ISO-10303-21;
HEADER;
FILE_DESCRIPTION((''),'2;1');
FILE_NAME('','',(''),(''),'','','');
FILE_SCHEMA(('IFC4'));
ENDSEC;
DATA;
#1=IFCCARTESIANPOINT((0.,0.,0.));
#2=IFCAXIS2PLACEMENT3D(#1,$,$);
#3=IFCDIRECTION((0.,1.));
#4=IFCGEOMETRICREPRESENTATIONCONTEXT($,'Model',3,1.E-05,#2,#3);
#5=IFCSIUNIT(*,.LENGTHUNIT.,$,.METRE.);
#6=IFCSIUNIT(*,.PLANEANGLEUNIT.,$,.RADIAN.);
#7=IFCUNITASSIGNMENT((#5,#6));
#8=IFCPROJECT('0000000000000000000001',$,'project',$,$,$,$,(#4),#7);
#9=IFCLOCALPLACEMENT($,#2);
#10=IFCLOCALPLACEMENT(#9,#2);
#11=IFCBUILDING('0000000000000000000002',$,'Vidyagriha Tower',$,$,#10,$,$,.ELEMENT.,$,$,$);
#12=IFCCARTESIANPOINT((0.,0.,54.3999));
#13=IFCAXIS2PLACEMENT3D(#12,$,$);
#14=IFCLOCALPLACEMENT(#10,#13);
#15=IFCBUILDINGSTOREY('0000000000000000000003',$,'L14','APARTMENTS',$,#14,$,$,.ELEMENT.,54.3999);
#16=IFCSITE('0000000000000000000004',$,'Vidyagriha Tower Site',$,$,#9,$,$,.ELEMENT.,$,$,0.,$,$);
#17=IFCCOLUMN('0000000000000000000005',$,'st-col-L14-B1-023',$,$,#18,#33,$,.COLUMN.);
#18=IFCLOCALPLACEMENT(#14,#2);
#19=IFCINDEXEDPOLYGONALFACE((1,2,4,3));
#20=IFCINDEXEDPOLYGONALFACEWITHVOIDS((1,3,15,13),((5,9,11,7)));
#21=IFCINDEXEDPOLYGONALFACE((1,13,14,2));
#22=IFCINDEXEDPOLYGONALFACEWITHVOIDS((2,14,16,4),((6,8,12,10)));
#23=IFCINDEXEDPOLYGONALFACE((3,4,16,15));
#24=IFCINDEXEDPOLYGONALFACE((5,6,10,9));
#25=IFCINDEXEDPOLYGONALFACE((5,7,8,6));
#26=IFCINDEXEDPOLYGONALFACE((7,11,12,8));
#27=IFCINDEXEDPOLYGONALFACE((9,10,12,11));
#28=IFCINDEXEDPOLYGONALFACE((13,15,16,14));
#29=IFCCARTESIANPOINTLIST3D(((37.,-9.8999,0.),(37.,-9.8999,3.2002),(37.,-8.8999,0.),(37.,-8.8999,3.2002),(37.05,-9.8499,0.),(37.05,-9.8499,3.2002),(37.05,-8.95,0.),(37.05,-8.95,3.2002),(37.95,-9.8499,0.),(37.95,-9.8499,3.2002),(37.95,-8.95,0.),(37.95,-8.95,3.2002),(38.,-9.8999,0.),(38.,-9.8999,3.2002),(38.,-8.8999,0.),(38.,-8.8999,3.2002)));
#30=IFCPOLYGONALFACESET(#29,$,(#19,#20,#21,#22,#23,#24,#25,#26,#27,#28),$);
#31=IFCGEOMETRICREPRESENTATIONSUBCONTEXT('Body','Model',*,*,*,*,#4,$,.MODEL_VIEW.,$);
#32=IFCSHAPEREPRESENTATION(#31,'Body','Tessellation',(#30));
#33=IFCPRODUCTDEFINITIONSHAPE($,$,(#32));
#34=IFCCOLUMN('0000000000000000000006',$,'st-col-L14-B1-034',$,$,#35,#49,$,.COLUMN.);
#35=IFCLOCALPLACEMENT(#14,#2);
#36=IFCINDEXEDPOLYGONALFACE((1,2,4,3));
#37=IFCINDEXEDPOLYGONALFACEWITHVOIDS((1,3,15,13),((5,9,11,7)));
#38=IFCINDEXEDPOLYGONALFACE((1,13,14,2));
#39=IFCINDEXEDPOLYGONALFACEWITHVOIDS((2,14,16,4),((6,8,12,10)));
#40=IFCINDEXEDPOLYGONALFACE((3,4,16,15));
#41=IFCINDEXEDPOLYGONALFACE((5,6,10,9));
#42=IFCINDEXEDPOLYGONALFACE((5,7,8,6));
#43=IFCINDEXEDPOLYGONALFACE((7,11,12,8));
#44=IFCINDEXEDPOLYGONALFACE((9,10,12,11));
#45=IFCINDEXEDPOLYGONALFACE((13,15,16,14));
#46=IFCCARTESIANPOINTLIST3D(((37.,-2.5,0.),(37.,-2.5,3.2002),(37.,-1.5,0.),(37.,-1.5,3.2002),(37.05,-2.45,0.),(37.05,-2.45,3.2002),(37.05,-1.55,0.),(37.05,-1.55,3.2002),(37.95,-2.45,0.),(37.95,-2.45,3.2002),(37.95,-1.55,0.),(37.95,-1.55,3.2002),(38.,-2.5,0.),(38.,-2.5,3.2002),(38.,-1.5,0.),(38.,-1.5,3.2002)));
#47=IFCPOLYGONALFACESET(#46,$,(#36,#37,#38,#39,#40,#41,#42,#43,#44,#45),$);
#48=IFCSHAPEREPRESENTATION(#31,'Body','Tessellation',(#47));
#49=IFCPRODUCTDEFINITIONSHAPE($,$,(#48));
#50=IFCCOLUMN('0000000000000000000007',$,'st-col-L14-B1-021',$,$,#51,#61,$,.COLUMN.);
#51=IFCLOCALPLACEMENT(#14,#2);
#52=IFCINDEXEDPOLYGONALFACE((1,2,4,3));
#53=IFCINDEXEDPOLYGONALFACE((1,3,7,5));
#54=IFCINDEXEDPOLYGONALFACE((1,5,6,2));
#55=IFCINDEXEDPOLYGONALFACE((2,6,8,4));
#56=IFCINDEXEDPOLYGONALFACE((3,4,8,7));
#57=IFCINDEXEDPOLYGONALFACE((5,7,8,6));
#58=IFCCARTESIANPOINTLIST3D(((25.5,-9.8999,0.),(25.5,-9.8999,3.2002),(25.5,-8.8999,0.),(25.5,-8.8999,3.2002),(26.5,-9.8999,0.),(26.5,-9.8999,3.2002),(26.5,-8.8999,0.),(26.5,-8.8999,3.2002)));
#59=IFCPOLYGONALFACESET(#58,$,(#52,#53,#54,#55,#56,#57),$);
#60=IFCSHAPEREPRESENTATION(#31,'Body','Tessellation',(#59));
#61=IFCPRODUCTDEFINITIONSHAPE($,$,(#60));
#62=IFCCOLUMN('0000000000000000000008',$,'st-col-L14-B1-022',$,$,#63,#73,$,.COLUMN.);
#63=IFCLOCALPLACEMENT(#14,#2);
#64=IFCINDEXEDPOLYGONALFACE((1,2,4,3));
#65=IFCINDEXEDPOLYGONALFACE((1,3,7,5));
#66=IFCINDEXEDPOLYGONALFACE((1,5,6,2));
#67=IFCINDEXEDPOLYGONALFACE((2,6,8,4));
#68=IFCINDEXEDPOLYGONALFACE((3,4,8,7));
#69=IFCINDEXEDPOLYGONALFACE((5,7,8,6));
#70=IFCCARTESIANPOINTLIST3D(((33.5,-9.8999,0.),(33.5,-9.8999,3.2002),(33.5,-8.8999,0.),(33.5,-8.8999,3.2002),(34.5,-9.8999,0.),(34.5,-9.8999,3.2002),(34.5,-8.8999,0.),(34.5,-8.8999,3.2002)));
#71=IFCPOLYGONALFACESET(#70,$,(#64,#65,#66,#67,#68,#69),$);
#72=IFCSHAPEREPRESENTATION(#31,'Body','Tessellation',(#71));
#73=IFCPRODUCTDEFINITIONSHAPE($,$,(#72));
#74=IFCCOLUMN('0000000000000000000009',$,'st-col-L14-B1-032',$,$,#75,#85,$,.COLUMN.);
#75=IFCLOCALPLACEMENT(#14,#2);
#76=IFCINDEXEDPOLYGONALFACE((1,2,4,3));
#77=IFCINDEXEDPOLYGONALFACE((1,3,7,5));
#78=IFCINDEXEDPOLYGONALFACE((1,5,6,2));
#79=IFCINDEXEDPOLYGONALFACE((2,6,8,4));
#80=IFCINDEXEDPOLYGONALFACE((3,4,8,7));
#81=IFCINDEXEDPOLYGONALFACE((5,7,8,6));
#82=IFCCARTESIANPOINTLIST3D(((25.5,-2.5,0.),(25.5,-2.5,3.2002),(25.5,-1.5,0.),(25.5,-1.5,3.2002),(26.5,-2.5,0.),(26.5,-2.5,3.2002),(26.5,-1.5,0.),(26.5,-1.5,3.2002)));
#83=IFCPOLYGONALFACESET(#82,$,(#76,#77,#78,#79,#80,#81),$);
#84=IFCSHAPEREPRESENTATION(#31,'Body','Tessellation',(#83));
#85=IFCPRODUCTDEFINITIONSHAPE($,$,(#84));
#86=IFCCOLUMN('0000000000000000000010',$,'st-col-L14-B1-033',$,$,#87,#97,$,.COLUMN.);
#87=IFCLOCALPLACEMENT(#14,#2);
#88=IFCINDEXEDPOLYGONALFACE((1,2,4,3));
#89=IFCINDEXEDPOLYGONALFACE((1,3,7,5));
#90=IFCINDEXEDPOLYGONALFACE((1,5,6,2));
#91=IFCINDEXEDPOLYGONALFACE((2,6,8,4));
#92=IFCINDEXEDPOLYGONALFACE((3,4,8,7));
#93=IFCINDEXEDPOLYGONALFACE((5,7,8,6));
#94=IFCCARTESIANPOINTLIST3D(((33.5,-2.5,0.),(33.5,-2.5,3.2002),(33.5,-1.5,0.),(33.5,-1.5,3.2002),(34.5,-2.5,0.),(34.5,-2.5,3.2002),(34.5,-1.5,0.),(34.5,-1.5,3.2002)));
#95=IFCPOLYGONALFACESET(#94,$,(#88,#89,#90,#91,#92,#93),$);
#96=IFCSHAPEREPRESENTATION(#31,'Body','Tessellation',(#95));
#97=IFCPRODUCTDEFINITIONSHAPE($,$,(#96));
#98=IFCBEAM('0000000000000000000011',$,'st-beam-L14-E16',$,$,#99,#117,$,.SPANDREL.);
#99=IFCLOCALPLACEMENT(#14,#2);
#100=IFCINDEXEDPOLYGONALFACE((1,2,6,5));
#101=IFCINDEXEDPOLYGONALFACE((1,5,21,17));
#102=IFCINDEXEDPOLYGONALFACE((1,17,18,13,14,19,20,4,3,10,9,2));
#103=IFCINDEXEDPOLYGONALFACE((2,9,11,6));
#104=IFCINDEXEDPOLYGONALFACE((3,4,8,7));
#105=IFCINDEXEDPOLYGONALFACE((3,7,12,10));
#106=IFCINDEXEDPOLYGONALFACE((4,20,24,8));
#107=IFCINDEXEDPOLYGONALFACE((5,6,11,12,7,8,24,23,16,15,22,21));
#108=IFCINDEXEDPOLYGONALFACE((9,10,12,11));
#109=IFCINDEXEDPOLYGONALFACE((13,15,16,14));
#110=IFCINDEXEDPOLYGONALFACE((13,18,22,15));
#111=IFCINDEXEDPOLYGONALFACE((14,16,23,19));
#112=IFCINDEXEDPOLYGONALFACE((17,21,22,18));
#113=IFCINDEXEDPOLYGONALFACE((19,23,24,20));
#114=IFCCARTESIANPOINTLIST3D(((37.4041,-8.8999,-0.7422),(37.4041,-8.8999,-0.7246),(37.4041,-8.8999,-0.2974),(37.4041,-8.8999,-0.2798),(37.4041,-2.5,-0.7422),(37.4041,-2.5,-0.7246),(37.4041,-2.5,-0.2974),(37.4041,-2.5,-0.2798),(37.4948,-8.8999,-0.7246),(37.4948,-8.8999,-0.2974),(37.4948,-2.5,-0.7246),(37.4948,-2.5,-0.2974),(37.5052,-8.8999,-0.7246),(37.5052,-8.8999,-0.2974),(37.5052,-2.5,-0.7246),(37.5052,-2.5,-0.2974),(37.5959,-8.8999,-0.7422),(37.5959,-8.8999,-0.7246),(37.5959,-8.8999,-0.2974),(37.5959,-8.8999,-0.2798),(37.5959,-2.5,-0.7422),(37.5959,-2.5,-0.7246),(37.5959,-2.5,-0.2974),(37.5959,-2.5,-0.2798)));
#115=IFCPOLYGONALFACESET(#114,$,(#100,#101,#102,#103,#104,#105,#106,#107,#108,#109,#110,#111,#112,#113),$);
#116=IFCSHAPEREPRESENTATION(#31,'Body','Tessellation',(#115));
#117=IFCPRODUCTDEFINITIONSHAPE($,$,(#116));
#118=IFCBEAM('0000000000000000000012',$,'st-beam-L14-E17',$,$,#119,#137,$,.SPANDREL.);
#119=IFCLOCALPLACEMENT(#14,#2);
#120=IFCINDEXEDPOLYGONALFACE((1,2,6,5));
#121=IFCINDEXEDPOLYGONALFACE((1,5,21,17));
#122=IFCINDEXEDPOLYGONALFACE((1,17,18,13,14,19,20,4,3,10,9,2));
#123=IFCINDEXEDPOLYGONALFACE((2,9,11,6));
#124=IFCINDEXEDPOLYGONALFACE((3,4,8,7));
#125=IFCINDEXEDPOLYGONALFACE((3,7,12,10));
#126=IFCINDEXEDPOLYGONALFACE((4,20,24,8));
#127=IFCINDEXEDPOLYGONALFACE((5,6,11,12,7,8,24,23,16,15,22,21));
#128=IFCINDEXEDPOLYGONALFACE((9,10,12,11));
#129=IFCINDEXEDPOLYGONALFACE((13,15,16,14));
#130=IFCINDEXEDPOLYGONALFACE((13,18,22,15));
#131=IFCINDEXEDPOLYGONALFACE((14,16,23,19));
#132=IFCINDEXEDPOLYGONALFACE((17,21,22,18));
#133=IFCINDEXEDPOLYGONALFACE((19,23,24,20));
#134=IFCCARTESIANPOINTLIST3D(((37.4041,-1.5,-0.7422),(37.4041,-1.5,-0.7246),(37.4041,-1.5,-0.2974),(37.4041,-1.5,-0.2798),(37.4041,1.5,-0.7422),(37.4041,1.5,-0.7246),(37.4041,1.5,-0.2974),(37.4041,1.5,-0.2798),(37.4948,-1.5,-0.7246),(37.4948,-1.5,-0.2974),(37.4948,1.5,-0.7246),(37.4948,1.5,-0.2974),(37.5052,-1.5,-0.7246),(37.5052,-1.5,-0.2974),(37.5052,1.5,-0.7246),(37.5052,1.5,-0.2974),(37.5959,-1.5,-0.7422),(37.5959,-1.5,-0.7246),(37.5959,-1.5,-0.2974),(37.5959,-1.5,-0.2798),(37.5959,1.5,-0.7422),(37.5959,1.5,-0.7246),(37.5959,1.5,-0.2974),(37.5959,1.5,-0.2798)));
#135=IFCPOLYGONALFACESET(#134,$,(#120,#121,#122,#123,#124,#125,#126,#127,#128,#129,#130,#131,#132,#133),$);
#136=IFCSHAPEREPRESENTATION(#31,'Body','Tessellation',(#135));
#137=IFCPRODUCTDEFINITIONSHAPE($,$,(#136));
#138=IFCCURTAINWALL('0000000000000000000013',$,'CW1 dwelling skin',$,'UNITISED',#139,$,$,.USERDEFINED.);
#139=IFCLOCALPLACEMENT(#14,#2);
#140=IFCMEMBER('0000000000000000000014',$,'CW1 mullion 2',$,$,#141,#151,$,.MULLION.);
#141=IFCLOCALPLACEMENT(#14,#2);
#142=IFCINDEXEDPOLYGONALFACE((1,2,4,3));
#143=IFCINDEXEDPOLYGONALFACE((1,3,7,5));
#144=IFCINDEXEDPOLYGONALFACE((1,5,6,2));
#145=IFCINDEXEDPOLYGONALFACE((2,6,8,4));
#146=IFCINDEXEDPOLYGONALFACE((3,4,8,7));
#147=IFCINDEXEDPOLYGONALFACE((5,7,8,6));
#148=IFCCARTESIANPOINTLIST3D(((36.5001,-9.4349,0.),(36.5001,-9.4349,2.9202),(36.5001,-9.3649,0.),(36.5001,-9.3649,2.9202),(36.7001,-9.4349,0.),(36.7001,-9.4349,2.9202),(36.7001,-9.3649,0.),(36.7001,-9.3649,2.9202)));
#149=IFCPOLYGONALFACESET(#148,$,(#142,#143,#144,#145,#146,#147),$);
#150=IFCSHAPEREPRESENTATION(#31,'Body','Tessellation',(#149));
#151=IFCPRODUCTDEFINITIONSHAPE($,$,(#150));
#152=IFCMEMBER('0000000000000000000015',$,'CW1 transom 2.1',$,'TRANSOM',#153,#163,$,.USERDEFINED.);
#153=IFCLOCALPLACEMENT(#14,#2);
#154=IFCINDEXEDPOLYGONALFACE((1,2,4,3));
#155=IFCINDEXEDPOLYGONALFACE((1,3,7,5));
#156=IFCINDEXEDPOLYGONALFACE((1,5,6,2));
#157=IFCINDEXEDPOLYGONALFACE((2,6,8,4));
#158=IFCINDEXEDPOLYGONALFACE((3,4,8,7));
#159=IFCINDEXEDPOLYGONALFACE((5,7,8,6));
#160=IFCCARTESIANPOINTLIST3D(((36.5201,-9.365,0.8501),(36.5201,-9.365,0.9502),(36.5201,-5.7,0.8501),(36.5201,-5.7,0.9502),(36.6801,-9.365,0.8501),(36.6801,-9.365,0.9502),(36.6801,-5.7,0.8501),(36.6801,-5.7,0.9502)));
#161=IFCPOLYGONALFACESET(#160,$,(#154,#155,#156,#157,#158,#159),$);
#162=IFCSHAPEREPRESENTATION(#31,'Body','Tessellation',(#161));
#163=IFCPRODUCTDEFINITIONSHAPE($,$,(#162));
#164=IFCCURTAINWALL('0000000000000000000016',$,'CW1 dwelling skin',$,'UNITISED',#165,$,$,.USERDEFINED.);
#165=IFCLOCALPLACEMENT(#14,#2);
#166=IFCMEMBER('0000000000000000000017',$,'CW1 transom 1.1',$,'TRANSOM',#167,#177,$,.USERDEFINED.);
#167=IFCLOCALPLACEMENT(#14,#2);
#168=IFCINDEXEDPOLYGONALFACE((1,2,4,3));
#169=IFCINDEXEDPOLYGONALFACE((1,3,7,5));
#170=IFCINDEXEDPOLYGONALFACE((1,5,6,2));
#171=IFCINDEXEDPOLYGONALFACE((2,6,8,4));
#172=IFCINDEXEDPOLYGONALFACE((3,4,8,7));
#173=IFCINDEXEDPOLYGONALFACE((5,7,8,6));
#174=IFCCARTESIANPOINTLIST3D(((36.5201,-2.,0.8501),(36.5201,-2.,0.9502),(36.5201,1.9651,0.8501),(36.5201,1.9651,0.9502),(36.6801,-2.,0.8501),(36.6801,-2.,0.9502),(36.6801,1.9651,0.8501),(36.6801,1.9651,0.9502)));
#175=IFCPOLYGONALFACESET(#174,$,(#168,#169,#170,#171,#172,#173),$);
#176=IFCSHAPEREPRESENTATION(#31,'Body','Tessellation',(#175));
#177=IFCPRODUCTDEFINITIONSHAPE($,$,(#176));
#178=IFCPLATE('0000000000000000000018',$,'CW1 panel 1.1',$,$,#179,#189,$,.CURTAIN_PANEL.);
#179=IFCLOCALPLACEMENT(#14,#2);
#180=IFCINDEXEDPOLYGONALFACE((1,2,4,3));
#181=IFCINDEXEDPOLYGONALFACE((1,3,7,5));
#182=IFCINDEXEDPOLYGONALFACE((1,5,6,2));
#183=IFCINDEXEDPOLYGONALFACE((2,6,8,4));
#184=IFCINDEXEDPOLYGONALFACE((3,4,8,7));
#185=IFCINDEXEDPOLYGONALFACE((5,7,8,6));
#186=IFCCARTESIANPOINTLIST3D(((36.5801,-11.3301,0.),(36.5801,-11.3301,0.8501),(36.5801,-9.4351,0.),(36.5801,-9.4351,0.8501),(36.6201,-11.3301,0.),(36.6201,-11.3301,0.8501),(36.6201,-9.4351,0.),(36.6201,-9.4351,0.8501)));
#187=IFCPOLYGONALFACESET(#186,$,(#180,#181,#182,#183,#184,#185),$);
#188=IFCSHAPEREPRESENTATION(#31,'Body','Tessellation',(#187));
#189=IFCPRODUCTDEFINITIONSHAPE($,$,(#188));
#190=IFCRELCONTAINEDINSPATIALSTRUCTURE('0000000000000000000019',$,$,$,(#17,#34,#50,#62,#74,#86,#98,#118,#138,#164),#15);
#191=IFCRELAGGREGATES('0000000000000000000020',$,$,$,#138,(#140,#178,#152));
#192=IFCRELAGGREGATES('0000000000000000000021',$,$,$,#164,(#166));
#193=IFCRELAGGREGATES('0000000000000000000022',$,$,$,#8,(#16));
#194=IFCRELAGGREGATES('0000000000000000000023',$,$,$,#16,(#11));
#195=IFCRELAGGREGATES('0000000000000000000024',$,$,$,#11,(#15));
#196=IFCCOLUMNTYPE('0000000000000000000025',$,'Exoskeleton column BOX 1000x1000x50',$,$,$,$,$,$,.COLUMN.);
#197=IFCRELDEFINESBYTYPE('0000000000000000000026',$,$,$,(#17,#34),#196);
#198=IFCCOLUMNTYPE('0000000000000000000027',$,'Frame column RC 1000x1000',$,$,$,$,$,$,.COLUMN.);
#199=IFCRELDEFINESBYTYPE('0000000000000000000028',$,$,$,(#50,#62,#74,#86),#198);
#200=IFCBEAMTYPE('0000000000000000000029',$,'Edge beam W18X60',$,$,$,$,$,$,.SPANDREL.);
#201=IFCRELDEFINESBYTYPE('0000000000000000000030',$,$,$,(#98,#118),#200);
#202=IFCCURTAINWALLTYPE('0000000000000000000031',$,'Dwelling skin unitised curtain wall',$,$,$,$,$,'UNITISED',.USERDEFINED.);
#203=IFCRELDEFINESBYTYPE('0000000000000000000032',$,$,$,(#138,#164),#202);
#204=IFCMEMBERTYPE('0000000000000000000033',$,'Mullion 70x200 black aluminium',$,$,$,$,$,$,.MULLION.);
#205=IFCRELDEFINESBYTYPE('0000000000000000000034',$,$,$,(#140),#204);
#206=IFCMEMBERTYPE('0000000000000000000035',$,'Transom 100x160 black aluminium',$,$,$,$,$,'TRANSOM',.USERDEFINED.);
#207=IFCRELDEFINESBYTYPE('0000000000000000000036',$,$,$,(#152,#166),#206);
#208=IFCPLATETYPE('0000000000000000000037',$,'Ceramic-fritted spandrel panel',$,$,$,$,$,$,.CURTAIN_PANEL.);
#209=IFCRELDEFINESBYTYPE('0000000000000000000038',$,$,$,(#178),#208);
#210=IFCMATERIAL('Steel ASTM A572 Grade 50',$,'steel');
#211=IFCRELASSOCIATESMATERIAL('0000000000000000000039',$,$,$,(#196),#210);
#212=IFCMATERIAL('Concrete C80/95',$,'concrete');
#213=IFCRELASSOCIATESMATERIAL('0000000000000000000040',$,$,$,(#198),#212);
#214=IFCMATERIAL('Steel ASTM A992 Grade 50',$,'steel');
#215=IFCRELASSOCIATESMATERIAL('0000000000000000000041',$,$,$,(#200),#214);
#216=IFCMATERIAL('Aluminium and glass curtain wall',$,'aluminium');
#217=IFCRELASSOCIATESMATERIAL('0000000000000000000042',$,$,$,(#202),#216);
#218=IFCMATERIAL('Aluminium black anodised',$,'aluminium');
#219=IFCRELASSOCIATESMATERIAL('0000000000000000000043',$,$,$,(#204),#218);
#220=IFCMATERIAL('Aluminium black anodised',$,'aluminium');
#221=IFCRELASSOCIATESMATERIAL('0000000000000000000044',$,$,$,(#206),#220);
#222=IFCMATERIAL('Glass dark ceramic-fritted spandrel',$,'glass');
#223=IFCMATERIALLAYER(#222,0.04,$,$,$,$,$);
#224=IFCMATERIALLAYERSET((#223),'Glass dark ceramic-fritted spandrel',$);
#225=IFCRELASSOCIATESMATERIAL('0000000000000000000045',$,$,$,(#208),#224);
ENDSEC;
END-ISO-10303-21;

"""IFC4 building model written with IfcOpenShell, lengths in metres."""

from ifc_helpers import new_model, si_unit, direction, frame, origin, origin_2d, place, context, subcontext, project, spatial, rectangle, hollow_rectangle, i_section, extrude, material, layer, layer_set, material_profile, profile_set, type_object, element, aggregate, save


model = new_model("IFC4")

# Units and contexts
model_context = context("Model", 3, precision=1e-05, world=origin(), true_north=direction((0.0, 1.0)))
body_context = subcontext(model_context, "Body", "Model", "MODEL_VIEW")
ifc_project = project(units=[si_unit("LENGTHUNIT", "METRE"), si_unit("PLANEANGLEUNIT", "RADIAN")], contexts=[model_context])

# Site, building, storey
site_placement = place(None, origin())
site = spatial("IfcSite", under=ifc_project, at=site_placement, Name="Vidyagriha Tower Site", CompositionType="ELEMENT", RefElevation=0.0)
building_placement = place(site_placement, origin())
building = spatial("IfcBuilding", under=site, at=building_placement, Name="Vidyagriha Tower", CompositionType="ELEMENT")
storey_placement = place(building_placement, frame((0.0, 0.0, 54.3999)))
storey = spatial("IfcBuildingStorey", under=building, at=storey_placement, Name="L14", Description="APARTMENTS", CompositionType="ELEMENT", Elevation=54.3999)

# Columns
ifc_material_1 = material(Name="Steel ASTM A572 Grade 50", Category="steel")
ifc_material_profile_1 = material_profile(ifc_material_1, hollow_rectangle(XDim=1.0, YDim=1.0, WallThickness=0.05, at=origin_2d()), Name="BOX 1000x1000x50")
ifc_profile_set_1 = profile_set([ifc_material_profile_1], Name="Steel ASTM A572 Grade 50")
column_type_1 = type_object("IfcColumnType", Name="Exoskeleton column BOX 1000x1000x50", PredefinedType="COLUMN", material=ifc_profile_set_1)
for number, where, name in (
    (1, (37.5, -9.3999, 0.0), "st-col-L14-B1-023"),
    (2, (37.5, -2.0, 0.0), "st-col-L14-B1-034"),
):
    element("IfcColumn", number, at=place(storey_placement, frame(where)), inside=storey, type_object=column_type_1, Name=name, PredefinedType="COLUMN", context=body_context, shape_type="SweptSolid", body=[
        extrude(hollow_rectangle(XDim=1.0, YDim=1.0, WallThickness=0.05, at=origin_2d()), origin(), (0.0, 0.0, 1.0), 3.2002),
    ])
ifc_material_2 = material(Name="Concrete C80/95", Category="concrete")
ifc_material_profile_2 = material_profile(ifc_material_2, rectangle(XDim=1.0, YDim=1.0, at=origin_2d()), Name="RC 1000x1000")
ifc_profile_set_2 = profile_set([ifc_material_profile_2], Name="Concrete C80/95")
column_type_2 = type_object("IfcColumnType", Name="Frame column RC 1000x1000", PredefinedType="COLUMN", material=ifc_profile_set_2)
for number, where, name in (
    (3, (26.0, -9.3999, 0.0), "st-col-L14-B1-021"),
    (4, (34.0, -9.3999, 0.0), "st-col-L14-B1-022"),
    (5, (26.0, -2.0, 0.0), "st-col-L14-B1-032"),
    (6, (34.0, -2.0, 0.0), "st-col-L14-B1-033"),
):
    element("IfcColumn", number, at=place(storey_placement, frame(where)), inside=storey, type_object=column_type_2, Name=name, PredefinedType="COLUMN", context=body_context, shape_type="SweptSolid", body=[
        extrude(rectangle(XDim=1.0, YDim=1.0, at=origin_2d()), origin(), (0.0, 0.0, 1.0), 3.2002),
    ])

# Beams
ifc_material_3 = material(Name="Steel ASTM A992 Grade 50", Category="steel")
ifc_material_profile_3 = material_profile(ifc_material_3, i_section(OverallWidth=0.1919, OverallDepth=0.4624, WebThickness=0.0105, FlangeThickness=0.0176, at=origin_2d()), Name="W18X60")
ifc_profile_set_3 = profile_set([ifc_material_profile_3], Name="Steel ASTM A992 Grade 50")
beam_type = type_object("IfcBeamType", Name="Edge beam W18X60", PredefinedType="SPANDREL", material=ifc_profile_set_3)
beam_1_placement = place(storey_placement, frame((37.5, -8.8999, -0.511), z_axis=(0.0, 1.0, 0.0), x_axis=(-1.0, 0.0, 0.0)))
element("IfcBeam", 7, at=beam_1_placement, inside=storey, type_object=beam_type, Name="st-beam-L14-E16", PredefinedType="SPANDREL", context=body_context, shape_type="SweptSolid", body=[
    extrude(i_section(OverallWidth=0.1919, OverallDepth=0.4624, WebThickness=0.0105, FlangeThickness=0.0176, at=origin_2d()), origin(), (0.0, 0.0, 1.0), 6.3999),
])
beam_2_placement = place(storey_placement, frame((37.5, -1.5, -0.511), z_axis=(0.0, 1.0, 0.0), x_axis=(-1.0, 0.0, 0.0)))
element("IfcBeam", 8, at=beam_2_placement, inside=storey, type_object=beam_type, Name="st-beam-L14-E17", PredefinedType="SPANDREL", context=body_context, shape_type="SweptSolid", body=[
    extrude(i_section(OverallWidth=0.1919, OverallDepth=0.4624, WebThickness=0.0105, FlangeThickness=0.0176, at=origin_2d()), origin(), (0.0, 0.0, 1.0), 3.0),
])

# Curtain wall, members
ifc_material_4 = material(Name="Aluminium and glass curtain wall", Category="aluminium")
curtain_wall_type = type_object("IfcCurtainWallType", Name="Dwelling skin unitised curtain wall", ElementType="UNITISED", PredefinedType="USERDEFINED", material=ifc_material_4)
curtain_wall_1_placement = place(storey_placement, origin())
curtain_wall_1 = element("IfcCurtainWall", 9, at=curtain_wall_1_placement, inside=storey, type_object=curtain_wall_type, Name="CW1 dwelling skin", ObjectType="UNITISED", PredefinedType="USERDEFINED")
ifc_material_5 = material(Name="Aluminium black anodised", Category="aluminium")
ifc_material_profile_4 = material_profile(ifc_material_5, rectangle(XDim=0.2, YDim=0.0701, at=origin_2d()), Name="Mullion 70x200 black aluminium")
ifc_profile_set_4 = profile_set([ifc_material_profile_4], Name="Aluminium black anodised")
member_type_1 = type_object("IfcMemberType", Name="Mullion 70x200 black aluminium", PredefinedType="MULLION", material=ifc_profile_set_4)
member_1_placement = place(storey_placement, frame((36.6001, -9.3999, 0.0), z_axis=(0.0, 0.0, 1.0), x_axis=(-1.0, 0.0, 0.0)))
member_1 = element("IfcMember", 10, at=member_1_placement, type_object=member_type_1, Name="CW1 mullion 2", PredefinedType="MULLION", context=body_context, shape_type="SweptSolid", body=[
    extrude(rectangle(XDim=0.2, YDim=0.0701, at=origin_2d()), origin(), (0.0, 0.0, 1.0), 2.9202),
])
ifc_material_6 = material(Name="Aluminium black anodised", Category="aluminium")
ifc_material_profile_5 = material_profile(ifc_material_6, rectangle(XDim=0.1599, YDim=0.1001, at=origin_2d()), Name="Transom 100x160 black aluminium")
ifc_profile_set_5 = profile_set([ifc_material_profile_5], Name="Aluminium black anodised")
member_type_2 = type_object("IfcMemberType", Name="Transom 100x160 black aluminium", ElementType="TRANSOM", PredefinedType="USERDEFINED", material=ifc_profile_set_5)
member_2_placement = place(storey_placement, frame((36.6001, -9.365, 0.9001), z_axis=(0.0, 1.0, 0.0), x_axis=(-1.0, 0.0, 0.0)))
member_2 = element("IfcMember", 11, at=member_2_placement, type_object=member_type_2, Name="CW1 transom 2.1", ObjectType="TRANSOM", PredefinedType="USERDEFINED", context=body_context, shape_type="SweptSolid", body=[
    extrude(rectangle(XDim=0.1599, YDim=0.1001, at=origin_2d()), origin(), (0.0, 0.0, 1.0), 3.665),
])

# Curtain wall, member
curtain_wall_2_placement = place(storey_placement, origin())
curtain_wall_2 = element("IfcCurtainWall", 12, at=curtain_wall_2_placement, inside=storey, type_object=curtain_wall_type, Name="CW1 dwelling skin", ObjectType="UNITISED", PredefinedType="USERDEFINED")
member_3_placement = place(storey_placement, frame((36.6001, -2.0, 0.9001), z_axis=(0.0, 1.0, 0.0), x_axis=(-1.0, 0.0, 0.0)))
member_3 = element("IfcMember", 13, at=member_3_placement, type_object=member_type_2, Name="CW1 transom 1.1", ObjectType="TRANSOM", PredefinedType="USERDEFINED", context=body_context, shape_type="SweptSolid", body=[
    extrude(rectangle(XDim=0.1599, YDim=0.1001, at=origin_2d()), origin(), (0.0, 0.0, 1.0), 3.9651),
])

# Plate
ifc_material_7 = material(Name="Glass dark ceramic-fritted spandrel", Category="glass")
ifc_layer_1 = layer(ifc_material_7, 0.04)
ifc_layer_set_1 = layer_set([ifc_layer_1], Name="Glass dark ceramic-fritted spandrel")
plate_type_1 = type_object("IfcPlateType", Name="Ceramic-fritted spandrel panel", PredefinedType="CURTAIN_PANEL", material=ifc_layer_set_1)
plate_1_placement = place(storey_placement, frame((36.6001, -10.3826, 0.0), z_axis=(0.0, 0.0, 1.0), x_axis=(0.0, 1.0, 0.0)))
plate_1 = element("IfcPlate", 14, at=plate_1_placement, type_object=plate_type_1, Name="CW1 panel 1.1", PredefinedType="CURTAIN_PANEL", context=body_context, shape_type="SweptSolid", body=[
    extrude(rectangle(XDim=1.895, YDim=0.04, at=origin_2d()), origin(), (0.0, 0.0, 1.0), 0.8501),
])
aggregate(curtain_wall_1, [member_1, plate_1, member_2])
aggregate(curtain_wall_2, [member_3])

save(model, "model.ifc")
